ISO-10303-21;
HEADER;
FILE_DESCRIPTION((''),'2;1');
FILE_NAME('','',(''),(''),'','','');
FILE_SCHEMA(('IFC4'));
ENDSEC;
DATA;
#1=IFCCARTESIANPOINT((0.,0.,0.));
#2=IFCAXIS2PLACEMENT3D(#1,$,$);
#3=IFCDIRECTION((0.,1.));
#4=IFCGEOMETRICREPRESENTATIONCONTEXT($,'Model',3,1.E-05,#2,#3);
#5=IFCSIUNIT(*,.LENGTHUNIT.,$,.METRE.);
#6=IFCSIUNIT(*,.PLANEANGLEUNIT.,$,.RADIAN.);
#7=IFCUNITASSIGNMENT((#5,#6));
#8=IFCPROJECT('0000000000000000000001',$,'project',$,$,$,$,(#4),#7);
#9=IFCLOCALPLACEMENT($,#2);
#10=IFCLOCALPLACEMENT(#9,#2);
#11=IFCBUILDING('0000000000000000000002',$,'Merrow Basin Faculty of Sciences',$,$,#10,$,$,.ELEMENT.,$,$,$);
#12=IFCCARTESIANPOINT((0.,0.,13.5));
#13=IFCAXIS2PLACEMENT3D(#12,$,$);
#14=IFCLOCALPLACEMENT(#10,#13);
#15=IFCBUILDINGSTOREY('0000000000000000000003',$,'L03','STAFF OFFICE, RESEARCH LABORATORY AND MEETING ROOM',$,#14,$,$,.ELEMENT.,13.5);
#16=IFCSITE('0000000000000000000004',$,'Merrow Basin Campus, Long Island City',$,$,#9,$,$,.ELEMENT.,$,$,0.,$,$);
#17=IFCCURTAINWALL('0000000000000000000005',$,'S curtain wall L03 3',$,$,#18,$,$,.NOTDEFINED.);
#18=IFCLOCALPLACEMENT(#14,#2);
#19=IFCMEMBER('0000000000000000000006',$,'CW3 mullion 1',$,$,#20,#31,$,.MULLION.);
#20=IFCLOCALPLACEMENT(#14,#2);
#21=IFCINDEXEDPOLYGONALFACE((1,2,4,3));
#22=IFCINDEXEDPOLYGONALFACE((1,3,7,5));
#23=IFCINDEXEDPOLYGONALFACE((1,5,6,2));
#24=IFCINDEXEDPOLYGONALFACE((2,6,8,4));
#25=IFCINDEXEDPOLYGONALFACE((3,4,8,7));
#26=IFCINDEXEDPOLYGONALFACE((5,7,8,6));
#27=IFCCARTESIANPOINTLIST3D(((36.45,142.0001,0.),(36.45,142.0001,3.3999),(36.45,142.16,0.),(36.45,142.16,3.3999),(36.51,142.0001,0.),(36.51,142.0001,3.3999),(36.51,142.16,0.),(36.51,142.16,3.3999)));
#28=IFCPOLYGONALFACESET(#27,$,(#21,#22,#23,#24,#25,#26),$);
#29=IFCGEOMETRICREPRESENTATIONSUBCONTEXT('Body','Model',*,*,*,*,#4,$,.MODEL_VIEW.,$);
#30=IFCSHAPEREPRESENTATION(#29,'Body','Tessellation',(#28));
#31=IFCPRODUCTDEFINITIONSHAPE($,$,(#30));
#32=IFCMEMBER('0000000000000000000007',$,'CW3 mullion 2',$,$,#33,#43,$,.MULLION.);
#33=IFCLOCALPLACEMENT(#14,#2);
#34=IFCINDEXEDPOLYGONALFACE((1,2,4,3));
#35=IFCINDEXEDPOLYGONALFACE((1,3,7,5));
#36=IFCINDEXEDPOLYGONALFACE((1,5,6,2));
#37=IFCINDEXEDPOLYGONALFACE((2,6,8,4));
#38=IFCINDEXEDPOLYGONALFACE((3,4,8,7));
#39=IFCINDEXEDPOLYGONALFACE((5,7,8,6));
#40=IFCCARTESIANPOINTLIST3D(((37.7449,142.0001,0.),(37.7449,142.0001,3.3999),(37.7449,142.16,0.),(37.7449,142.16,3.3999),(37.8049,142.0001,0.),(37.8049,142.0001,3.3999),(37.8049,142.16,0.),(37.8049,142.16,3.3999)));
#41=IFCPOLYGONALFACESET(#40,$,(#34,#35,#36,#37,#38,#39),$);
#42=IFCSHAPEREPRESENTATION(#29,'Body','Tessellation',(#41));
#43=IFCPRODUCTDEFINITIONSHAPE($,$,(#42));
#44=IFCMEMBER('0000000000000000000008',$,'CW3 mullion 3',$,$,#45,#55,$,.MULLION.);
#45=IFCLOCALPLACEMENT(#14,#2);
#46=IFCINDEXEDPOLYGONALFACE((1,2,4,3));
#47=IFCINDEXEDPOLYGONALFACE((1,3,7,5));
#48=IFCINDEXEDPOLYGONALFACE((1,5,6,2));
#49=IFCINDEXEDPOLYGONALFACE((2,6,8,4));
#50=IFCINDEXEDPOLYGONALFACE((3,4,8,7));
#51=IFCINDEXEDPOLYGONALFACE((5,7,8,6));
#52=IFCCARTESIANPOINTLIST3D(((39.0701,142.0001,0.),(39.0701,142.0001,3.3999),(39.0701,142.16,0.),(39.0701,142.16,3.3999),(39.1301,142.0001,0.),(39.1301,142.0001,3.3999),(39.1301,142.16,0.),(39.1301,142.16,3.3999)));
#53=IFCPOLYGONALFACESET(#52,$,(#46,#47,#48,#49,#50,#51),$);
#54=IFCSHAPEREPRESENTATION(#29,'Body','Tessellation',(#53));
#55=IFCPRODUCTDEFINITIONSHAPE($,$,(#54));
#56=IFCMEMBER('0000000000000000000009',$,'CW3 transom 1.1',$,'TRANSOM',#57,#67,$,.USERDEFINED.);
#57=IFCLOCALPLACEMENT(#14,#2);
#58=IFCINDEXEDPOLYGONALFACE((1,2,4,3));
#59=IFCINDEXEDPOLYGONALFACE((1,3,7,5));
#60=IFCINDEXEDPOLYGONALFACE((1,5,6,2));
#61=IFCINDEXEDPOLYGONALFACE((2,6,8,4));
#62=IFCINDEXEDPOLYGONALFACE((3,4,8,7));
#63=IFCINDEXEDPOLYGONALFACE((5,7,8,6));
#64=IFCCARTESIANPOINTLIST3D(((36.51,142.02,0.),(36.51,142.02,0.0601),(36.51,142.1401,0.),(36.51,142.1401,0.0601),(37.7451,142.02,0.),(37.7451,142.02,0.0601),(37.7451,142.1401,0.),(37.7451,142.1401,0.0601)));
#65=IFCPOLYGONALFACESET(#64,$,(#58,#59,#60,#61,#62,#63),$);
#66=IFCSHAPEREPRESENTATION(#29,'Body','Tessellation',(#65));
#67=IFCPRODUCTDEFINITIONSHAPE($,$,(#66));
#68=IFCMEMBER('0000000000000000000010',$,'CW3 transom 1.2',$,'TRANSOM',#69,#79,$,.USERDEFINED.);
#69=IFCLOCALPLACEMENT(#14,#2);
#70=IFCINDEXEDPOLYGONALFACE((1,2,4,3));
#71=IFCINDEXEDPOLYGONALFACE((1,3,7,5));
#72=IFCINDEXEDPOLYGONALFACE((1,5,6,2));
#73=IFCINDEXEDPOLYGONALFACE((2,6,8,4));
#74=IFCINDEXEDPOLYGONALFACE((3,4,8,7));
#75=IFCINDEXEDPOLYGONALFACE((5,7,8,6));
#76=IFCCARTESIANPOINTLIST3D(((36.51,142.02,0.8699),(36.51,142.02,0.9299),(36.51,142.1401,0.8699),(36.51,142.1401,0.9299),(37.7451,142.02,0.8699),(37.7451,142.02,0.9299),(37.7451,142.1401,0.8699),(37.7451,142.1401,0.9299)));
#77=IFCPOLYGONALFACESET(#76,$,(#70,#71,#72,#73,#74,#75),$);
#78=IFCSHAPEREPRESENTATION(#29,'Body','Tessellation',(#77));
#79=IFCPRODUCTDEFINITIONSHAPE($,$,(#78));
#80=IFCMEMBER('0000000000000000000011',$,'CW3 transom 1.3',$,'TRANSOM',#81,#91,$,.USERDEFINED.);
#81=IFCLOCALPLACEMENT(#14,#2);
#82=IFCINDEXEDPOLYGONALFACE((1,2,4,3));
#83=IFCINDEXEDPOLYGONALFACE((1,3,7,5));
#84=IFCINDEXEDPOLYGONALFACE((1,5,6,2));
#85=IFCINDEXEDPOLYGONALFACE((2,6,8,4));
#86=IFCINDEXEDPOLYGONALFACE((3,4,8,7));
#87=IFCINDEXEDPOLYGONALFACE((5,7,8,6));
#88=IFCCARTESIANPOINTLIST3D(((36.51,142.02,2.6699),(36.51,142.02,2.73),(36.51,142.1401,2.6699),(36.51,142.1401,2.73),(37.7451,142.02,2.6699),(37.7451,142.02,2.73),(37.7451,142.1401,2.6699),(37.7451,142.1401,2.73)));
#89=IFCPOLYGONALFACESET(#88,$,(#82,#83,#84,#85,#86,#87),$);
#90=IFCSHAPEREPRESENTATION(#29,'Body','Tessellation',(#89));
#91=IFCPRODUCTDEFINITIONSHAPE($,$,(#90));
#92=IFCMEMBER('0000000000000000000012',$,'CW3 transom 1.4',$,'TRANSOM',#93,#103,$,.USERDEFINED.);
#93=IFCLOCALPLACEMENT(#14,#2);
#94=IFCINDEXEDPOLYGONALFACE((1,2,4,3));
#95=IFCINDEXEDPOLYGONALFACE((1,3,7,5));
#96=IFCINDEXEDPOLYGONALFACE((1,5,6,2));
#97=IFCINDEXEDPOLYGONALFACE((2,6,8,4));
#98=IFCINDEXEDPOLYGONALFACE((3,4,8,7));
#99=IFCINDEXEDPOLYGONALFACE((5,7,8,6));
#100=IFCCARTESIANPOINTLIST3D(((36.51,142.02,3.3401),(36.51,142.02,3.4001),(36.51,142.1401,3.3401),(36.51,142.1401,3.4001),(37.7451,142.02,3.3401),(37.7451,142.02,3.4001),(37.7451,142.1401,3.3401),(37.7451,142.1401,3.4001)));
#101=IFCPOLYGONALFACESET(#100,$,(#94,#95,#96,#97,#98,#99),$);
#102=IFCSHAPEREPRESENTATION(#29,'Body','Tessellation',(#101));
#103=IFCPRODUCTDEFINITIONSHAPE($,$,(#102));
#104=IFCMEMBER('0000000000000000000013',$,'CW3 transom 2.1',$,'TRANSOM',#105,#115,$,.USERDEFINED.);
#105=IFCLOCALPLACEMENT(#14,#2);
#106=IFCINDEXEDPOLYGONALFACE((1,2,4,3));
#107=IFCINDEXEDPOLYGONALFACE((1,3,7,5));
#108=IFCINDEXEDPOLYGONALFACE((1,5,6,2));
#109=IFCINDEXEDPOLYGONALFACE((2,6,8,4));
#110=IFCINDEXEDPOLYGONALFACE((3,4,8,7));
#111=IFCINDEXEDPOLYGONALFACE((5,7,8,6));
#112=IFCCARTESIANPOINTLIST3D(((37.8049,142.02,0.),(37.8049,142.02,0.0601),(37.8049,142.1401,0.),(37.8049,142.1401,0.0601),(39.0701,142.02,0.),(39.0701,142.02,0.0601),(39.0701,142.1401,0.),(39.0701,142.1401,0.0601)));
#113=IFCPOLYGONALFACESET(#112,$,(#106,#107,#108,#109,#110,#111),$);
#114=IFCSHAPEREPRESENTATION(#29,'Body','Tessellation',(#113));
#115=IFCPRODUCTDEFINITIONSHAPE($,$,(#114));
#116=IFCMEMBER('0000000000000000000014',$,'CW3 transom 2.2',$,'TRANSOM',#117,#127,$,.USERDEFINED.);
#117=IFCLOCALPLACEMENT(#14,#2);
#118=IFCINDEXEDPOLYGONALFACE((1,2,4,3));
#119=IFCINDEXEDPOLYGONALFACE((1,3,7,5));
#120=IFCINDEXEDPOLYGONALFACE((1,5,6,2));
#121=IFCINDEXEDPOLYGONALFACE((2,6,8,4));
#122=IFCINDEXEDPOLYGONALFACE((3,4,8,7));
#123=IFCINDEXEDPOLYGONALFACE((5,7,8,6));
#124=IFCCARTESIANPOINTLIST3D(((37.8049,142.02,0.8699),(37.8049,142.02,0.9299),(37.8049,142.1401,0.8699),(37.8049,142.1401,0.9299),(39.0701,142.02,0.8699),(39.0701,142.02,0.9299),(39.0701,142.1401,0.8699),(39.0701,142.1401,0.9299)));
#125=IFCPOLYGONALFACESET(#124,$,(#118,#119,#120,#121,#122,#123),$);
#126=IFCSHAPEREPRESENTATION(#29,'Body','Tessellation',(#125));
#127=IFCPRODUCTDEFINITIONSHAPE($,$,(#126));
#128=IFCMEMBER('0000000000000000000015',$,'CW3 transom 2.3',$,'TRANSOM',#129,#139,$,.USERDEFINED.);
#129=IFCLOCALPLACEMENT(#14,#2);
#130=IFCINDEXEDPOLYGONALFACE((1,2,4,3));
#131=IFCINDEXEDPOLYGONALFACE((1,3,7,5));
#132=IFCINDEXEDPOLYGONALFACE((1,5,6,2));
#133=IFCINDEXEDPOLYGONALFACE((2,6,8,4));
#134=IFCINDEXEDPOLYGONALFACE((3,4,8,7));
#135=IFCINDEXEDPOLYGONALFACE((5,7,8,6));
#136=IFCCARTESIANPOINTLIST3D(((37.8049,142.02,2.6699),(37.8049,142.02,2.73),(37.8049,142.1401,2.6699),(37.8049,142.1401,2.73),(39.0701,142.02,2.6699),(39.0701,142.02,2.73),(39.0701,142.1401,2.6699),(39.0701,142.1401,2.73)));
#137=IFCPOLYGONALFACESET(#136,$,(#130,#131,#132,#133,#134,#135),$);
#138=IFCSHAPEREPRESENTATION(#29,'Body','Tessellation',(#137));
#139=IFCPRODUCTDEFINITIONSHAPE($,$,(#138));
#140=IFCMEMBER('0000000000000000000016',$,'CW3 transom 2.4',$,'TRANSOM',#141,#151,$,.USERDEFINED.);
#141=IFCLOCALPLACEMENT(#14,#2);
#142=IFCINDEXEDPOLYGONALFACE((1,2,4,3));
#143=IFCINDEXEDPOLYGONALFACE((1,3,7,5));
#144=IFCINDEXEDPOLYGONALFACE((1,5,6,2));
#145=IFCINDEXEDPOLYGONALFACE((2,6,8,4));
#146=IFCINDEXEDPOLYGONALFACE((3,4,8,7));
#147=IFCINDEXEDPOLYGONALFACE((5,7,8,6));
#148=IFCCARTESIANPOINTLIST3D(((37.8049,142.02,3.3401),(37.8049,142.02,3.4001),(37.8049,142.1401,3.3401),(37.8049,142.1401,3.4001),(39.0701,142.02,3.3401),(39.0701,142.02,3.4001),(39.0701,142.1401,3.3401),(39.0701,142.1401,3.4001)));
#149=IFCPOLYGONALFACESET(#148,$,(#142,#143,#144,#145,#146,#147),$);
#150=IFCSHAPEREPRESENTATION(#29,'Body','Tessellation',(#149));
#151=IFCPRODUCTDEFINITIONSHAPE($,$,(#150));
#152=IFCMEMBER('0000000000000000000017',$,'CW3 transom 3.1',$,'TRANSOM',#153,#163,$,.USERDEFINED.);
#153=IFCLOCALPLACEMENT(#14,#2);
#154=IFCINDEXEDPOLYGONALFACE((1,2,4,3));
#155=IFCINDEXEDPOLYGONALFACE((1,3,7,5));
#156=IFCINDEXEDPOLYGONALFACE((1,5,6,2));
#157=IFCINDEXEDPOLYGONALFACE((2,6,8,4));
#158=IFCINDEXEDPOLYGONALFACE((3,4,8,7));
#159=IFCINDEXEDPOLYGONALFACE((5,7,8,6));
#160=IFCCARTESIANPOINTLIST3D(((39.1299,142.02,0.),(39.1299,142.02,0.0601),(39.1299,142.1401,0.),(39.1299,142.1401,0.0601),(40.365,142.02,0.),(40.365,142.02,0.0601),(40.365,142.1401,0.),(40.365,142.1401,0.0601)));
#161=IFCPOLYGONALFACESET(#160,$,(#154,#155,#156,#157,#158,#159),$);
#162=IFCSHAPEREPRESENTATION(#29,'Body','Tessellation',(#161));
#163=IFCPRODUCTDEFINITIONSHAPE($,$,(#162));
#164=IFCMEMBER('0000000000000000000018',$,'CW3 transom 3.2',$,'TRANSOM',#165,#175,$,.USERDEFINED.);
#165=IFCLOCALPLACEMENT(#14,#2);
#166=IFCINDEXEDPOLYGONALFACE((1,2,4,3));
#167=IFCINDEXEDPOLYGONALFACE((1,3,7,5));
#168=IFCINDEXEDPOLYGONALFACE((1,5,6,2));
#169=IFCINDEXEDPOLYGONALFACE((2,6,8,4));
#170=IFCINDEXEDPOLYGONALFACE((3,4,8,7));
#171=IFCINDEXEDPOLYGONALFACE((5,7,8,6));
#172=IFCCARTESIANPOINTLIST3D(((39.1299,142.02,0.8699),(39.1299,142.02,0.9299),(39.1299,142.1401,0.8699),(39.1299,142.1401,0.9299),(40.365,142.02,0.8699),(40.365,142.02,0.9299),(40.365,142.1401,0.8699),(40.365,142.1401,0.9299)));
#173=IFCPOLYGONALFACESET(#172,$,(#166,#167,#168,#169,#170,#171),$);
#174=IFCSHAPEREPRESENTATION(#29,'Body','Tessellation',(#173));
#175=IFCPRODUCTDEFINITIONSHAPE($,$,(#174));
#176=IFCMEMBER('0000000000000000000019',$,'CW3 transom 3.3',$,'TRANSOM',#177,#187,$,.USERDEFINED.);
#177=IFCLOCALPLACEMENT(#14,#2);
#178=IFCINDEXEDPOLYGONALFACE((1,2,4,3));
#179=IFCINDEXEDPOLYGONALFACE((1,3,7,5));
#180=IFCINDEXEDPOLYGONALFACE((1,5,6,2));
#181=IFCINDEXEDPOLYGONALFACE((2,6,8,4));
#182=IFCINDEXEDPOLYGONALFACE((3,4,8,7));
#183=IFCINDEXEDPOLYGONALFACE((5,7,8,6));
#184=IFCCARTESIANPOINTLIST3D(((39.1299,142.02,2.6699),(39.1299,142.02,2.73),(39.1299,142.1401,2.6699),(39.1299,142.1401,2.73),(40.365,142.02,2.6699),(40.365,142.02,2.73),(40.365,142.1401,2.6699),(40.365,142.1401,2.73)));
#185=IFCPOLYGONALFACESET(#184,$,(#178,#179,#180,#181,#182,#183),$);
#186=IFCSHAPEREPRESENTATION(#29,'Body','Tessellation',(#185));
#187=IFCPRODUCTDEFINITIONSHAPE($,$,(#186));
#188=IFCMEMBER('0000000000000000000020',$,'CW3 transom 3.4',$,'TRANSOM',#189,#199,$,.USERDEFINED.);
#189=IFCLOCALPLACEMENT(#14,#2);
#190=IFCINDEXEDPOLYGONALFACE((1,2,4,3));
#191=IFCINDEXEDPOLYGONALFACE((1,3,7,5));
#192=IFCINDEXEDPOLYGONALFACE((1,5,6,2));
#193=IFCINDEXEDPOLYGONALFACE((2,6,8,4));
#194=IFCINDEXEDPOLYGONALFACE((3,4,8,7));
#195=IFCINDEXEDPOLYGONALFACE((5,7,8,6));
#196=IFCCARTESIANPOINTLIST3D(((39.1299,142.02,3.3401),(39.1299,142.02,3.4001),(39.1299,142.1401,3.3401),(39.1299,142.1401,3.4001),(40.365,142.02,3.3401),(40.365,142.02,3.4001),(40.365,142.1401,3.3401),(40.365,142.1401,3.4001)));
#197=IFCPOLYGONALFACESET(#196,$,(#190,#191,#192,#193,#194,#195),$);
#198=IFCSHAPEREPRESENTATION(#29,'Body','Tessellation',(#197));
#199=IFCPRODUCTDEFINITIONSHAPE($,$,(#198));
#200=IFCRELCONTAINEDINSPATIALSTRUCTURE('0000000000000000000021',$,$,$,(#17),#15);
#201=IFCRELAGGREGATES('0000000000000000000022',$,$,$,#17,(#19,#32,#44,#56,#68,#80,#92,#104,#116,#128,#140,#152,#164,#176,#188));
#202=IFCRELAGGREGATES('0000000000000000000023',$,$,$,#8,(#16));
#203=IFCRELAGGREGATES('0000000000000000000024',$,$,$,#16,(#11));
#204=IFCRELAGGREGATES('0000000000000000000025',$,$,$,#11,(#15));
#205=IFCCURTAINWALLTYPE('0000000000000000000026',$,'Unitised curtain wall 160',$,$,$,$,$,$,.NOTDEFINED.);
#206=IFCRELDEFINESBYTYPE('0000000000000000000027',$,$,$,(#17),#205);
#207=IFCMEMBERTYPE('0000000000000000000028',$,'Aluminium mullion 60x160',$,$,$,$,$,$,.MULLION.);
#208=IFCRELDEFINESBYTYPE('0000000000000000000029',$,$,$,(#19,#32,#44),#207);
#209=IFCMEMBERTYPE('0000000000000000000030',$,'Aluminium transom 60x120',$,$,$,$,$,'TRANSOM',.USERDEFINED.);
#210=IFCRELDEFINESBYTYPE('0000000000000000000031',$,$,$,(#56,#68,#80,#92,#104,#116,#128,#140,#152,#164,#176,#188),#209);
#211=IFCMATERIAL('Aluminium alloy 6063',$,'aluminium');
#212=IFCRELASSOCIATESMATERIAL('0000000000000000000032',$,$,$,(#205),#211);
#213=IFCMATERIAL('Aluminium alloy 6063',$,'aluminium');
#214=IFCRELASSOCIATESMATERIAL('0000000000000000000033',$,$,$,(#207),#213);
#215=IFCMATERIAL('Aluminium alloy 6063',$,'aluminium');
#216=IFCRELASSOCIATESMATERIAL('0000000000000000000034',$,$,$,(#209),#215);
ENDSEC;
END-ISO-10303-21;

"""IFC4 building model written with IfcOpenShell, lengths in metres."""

from ifc_helpers import new_model, si_unit, direction, frame, origin, origin_2d, place, context, subcontext, project, spatial, rectangle, extrude, material, material_profile, profile_set, type_object, element, aggregate, save


model = new_model("IFC4")

# Units and contexts
model_context = context("Model", 3, precision=1e-05, world=origin(), true_north=direction((0.0, 1.0)))
body_context = subcontext(model_context, "Body", "Model", "MODEL_VIEW")
ifc_project = project(units=[si_unit("LENGTHUNIT", "METRE"), si_unit("PLANEANGLEUNIT", "RADIAN")], contexts=[model_context])

# Site, building, storey
site_placement = place(None, origin())
site = spatial("IfcSite", under=ifc_project, at=site_placement, Name="Merrow Basin Campus, Long Island City", CompositionType="ELEMENT", RefElevation=0.0)
building_placement = place(site_placement, origin())
building = spatial("IfcBuilding", under=site, at=building_placement, Name="Merrow Basin Faculty of Sciences", CompositionType="ELEMENT")
storey_placement = place(building_placement, frame((0.0, 0.0, 13.5)))
storey = spatial("IfcBuildingStorey", under=building, at=storey_placement, Name="L03", Description="STAFF OFFICE, RESEARCH LABORATORY AND MEETING ROOM", CompositionType="ELEMENT", Elevation=13.5)

# Curtain wall, members
ifc_material_1 = material(Name="Aluminium alloy 6063", Category="aluminium")
curtain_wall_type = type_object("IfcCurtainWallType", Name="Unitised curtain wall 160", PredefinedType="NOTDEFINED", material=ifc_material_1)
curtain_wall_placement = place(storey_placement, origin())
curtain_wall = element("IfcCurtainWall", 1, at=curtain_wall_placement, inside=storey, type_object=curtain_wall_type, Name="S curtain wall L03 3", PredefinedType="NOTDEFINED")
ifc_material_2 = material(Name="Aluminium alloy 6063", Category="aluminium")
ifc_material_profile_1 = material_profile(ifc_material_2, rectangle(XDim=0.1599, YDim=0.0601, at=origin_2d()))
ifc_profile_set_1 = profile_set([ifc_material_profile_1], Name="Aluminium alloy 6063")
member_type_1 = type_object("IfcMemberType", Name="Aluminium mullion 60x160", PredefinedType="MULLION", material=ifc_profile_set_1)
member_1_placement = place(storey_placement, frame((36.48, 142.0801, 0.0), z_axis=(0.0, 0.0, 1.0), x_axis=(0.0, 1.0, 0.0)))
member_1 = element("IfcMember", 2, at=member_1_placement, type_object=member_type_1, Name="CW3 mullion 1", PredefinedType="MULLION", context=body_context, shape_type="SweptSolid", body=[
    extrude(rectangle(XDim=0.1599, YDim=0.0601, at=origin_2d()), origin(), (0.0, 0.0, 1.0), 3.3999),
])
member_2_placement = place(storey_placement, frame((37.7749, 142.0801, 0.0), z_axis=(0.0, 0.0, 1.0), x_axis=(0.0, 1.0, 0.0)))
member_2 = element("IfcMember", 3, at=member_2_placement, type_object=member_type_1, Name="CW3 mullion 2", PredefinedType="MULLION", context=body_context, shape_type="SweptSolid", body=[
    extrude(rectangle(XDim=0.1599, YDim=0.0601, at=origin_2d()), origin(), (0.0, 0.0, 1.0), 3.3999),
])
member_3_placement = place(storey_placement, frame((39.1001, 142.0801, 0.0), z_axis=(0.0, 0.0, 1.0), x_axis=(0.0, 1.0, 0.0)))
member_3 = element("IfcMember", 4, at=member_3_placement, type_object=member_type_1, Name="CW3 mullion 3", PredefinedType="MULLION", context=body_context, shape_type="SweptSolid", body=[
    extrude(rectangle(XDim=0.1599, YDim=0.0601, at=origin_2d()), origin(), (0.0, 0.0, 1.0), 3.3999),
])
ifc_material_3 = material(Name="Aluminium alloy 6063", Category="aluminium")
ifc_material_profile_2 = material_profile(ifc_material_3, rectangle(XDim=0.1201, YDim=0.0601, at=origin_2d()))
ifc_profile_set_2 = profile_set([ifc_material_profile_2], Name="Aluminium alloy 6063")
member_type_2 = type_object("IfcMemberType", Name="Aluminium transom 60x120", ElementType="TRANSOM", PredefinedType="USERDEFINED", material=ifc_profile_set_2)
member_4_placement = place(storey_placement, frame((36.51, 142.0801, 0.03), z_axis=(1.0, 0.0, 0.0), x_axis=(0.0, 1.0, 0.0)))
member_4 = element("IfcMember", 5, at=member_4_placement, type_object=member_type_2, Name="CW3 transom 1.1", ObjectType="TRANSOM", PredefinedType="USERDEFINED", context=body_context, shape_type="SweptSolid", body=[
    extrude(rectangle(XDim=0.1201, YDim=0.0601, at=origin_2d()), origin(), (0.0, 0.0, 1.0), 1.2351),
])
member_5_placement = place(storey_placement, frame((36.51, 142.0801, 0.8999), z_axis=(1.0, 0.0, 0.0), x_axis=(0.0, 1.0, 0.0)))
member_5 = element("IfcMember", 6, at=member_5_placement, type_object=member_type_2, Name="CW3 transom 1.2", ObjectType="TRANSOM", PredefinedType="USERDEFINED", context=body_context, shape_type="SweptSolid", body=[
    extrude(rectangle(XDim=0.1201, YDim=0.0601, at=origin_2d()), origin(), (0.0, 0.0, 1.0), 1.2351),
])
member_6_placement = place(storey_placement, frame((36.51, 142.0801, 2.7), z_axis=(1.0, 0.0, 0.0), x_axis=(0.0, 1.0, 0.0)))
member_6 = element("IfcMember", 7, at=member_6_placement, type_object=member_type_2, Name="CW3 transom 1.3", ObjectType="TRANSOM", PredefinedType="USERDEFINED", context=body_context, shape_type="SweptSolid", body=[
    extrude(rectangle(XDim=0.1201, YDim=0.0601, at=origin_2d()), origin(), (0.0, 0.0, 1.0), 1.2351),
])
member_7_placement = place(storey_placement, frame((36.51, 142.0801, 3.3701), z_axis=(1.0, 0.0, 0.0), x_axis=(0.0, 1.0, 0.0)))
member_7 = element("IfcMember", 8, at=member_7_placement, type_object=member_type_2, Name="CW3 transom 1.4", ObjectType="TRANSOM", PredefinedType="USERDEFINED", context=body_context, shape_type="SweptSolid", body=[
    extrude(rectangle(XDim=0.1201, YDim=0.0601, at=origin_2d()), origin(), (0.0, 0.0, 1.0), 1.2351),
])
member_8_placement = place(storey_placement, frame((37.8049, 142.0801, 0.03), z_axis=(1.0, 0.0, 0.0), x_axis=(0.0, 1.0, 0.0)))
member_8 = element("IfcMember", 9, at=member_8_placement, type_object=member_type_2, Name="CW3 transom 2.1", ObjectType="TRANSOM", PredefinedType="USERDEFINED", context=body_context, shape_type="SweptSolid", body=[
    extrude(rectangle(XDim=0.1201, YDim=0.0601, at=origin_2d()), origin(), (0.0, 0.0, 1.0), 1.2651),
])
member_9_placement = place(storey_placement, frame((37.8049, 142.0801, 0.8999), z_axis=(1.0, 0.0, 0.0), x_axis=(0.0, 1.0, 0.0)))
member_9 = element("IfcMember", 10, at=member_9_placement, type_object=member_type_2, Name="CW3 transom 2.2", ObjectType="TRANSOM", PredefinedType="USERDEFINED", context=body_context, shape_type="SweptSolid", body=[
    extrude(rectangle(XDim=0.1201, YDim=0.0601, at=origin_2d()), origin(), (0.0, 0.0, 1.0), 1.2651),
])
member_10_placement = place(storey_placement, frame((37.8049, 142.0801, 2.7), z_axis=(1.0, 0.0, 0.0), x_axis=(0.0, 1.0, 0.0)))
member_10 = element("IfcMember", 11, at=member_10_placement, type_object=member_type_2, Name="CW3 transom 2.3", ObjectType="TRANSOM", PredefinedType="USERDEFINED", context=body_context, shape_type="SweptSolid", body=[
    extrude(rectangle(XDim=0.1201, YDim=0.0601, at=origin_2d()), origin(), (0.0, 0.0, 1.0), 1.2651),
])
member_11_placement = place(storey_placement, frame((37.8049, 142.0801, 3.3701), z_axis=(1.0, 0.0, 0.0), x_axis=(0.0, 1.0, 0.0)))
member_11 = element("IfcMember", 12, at=member_11_placement, type_object=member_type_2, Name="CW3 transom 2.4", ObjectType="TRANSOM", PredefinedType="USERDEFINED", context=body_context, shape_type="SweptSolid", body=[
    extrude(rectangle(XDim=0.1201, YDim=0.0601, at=origin_2d()), origin(), (0.0, 0.0, 1.0), 1.2651),
])
member_12_placement = place(storey_placement, frame((39.1299, 142.0801, 0.03), z_axis=(1.0, 0.0, 0.0), x_axis=(0.0, 1.0, 0.0)))
member_12 = element("IfcMember", 13, at=member_12_placement, type_object=member_type_2, Name="CW3 transom 3.1", ObjectType="TRANSOM", PredefinedType="USERDEFINED", context=body_context, shape_type="SweptSolid", body=[
    extrude(rectangle(XDim=0.1201, YDim=0.0601, at=origin_2d()), origin(), (0.0, 0.0, 1.0), 1.2351),
])
member_13_placement = place(storey_placement, frame((39.1299, 142.0801, 0.8999), z_axis=(1.0, 0.0, 0.0), x_axis=(0.0, 1.0, 0.0)))
member_13 = element("IfcMember", 14, at=member_13_placement, type_object=member_type_2, Name="CW3 transom 3.2", ObjectType="TRANSOM", PredefinedType="USERDEFINED", context=body_context, shape_type="SweptSolid", body=[
    extrude(rectangle(XDim=0.1201, YDim=0.0601, at=origin_2d()), origin(), (0.0, 0.0, 1.0), 1.2351),
])
member_14_placement = place(storey_placement, frame((39.1299, 142.0801, 2.7), z_axis=(1.0, 0.0, 0.0), x_axis=(0.0, 1.0, 0.0)))
member_14 = element("IfcMember", 15, at=member_14_placement, type_object=member_type_2, Name="CW3 transom 3.3", ObjectType="TRANSOM", PredefinedType="USERDEFINED", context=body_context, shape_type="SweptSolid", body=[
    extrude(rectangle(XDim=0.1201, YDim=0.0601, at=origin_2d()), origin(), (0.0, 0.0, 1.0), 1.2351),
])
member_15_placement = place(storey_placement, frame((39.1299, 142.0801, 3.3701), z_axis=(1.0, 0.0, 0.0), x_axis=(0.0, 1.0, 0.0)))
member_15 = element("IfcMember", 16, at=member_15_placement, type_object=member_type_2, Name="CW3 transom 3.4", ObjectType="TRANSOM", PredefinedType="USERDEFINED", context=body_context, shape_type="SweptSolid", body=[
    extrude(rectangle(XDim=0.1201, YDim=0.0601, at=origin_2d()), origin(), (0.0, 0.0, 1.0), 1.2351),
])
aggregate(curtain_wall, [member_1, member_2, member_3, member_4, member_5, member_6, member_7, member_8, member_9, member_10, member_11, member_12, member_13, member_14, member_15])

save(model, "model.ifc")
